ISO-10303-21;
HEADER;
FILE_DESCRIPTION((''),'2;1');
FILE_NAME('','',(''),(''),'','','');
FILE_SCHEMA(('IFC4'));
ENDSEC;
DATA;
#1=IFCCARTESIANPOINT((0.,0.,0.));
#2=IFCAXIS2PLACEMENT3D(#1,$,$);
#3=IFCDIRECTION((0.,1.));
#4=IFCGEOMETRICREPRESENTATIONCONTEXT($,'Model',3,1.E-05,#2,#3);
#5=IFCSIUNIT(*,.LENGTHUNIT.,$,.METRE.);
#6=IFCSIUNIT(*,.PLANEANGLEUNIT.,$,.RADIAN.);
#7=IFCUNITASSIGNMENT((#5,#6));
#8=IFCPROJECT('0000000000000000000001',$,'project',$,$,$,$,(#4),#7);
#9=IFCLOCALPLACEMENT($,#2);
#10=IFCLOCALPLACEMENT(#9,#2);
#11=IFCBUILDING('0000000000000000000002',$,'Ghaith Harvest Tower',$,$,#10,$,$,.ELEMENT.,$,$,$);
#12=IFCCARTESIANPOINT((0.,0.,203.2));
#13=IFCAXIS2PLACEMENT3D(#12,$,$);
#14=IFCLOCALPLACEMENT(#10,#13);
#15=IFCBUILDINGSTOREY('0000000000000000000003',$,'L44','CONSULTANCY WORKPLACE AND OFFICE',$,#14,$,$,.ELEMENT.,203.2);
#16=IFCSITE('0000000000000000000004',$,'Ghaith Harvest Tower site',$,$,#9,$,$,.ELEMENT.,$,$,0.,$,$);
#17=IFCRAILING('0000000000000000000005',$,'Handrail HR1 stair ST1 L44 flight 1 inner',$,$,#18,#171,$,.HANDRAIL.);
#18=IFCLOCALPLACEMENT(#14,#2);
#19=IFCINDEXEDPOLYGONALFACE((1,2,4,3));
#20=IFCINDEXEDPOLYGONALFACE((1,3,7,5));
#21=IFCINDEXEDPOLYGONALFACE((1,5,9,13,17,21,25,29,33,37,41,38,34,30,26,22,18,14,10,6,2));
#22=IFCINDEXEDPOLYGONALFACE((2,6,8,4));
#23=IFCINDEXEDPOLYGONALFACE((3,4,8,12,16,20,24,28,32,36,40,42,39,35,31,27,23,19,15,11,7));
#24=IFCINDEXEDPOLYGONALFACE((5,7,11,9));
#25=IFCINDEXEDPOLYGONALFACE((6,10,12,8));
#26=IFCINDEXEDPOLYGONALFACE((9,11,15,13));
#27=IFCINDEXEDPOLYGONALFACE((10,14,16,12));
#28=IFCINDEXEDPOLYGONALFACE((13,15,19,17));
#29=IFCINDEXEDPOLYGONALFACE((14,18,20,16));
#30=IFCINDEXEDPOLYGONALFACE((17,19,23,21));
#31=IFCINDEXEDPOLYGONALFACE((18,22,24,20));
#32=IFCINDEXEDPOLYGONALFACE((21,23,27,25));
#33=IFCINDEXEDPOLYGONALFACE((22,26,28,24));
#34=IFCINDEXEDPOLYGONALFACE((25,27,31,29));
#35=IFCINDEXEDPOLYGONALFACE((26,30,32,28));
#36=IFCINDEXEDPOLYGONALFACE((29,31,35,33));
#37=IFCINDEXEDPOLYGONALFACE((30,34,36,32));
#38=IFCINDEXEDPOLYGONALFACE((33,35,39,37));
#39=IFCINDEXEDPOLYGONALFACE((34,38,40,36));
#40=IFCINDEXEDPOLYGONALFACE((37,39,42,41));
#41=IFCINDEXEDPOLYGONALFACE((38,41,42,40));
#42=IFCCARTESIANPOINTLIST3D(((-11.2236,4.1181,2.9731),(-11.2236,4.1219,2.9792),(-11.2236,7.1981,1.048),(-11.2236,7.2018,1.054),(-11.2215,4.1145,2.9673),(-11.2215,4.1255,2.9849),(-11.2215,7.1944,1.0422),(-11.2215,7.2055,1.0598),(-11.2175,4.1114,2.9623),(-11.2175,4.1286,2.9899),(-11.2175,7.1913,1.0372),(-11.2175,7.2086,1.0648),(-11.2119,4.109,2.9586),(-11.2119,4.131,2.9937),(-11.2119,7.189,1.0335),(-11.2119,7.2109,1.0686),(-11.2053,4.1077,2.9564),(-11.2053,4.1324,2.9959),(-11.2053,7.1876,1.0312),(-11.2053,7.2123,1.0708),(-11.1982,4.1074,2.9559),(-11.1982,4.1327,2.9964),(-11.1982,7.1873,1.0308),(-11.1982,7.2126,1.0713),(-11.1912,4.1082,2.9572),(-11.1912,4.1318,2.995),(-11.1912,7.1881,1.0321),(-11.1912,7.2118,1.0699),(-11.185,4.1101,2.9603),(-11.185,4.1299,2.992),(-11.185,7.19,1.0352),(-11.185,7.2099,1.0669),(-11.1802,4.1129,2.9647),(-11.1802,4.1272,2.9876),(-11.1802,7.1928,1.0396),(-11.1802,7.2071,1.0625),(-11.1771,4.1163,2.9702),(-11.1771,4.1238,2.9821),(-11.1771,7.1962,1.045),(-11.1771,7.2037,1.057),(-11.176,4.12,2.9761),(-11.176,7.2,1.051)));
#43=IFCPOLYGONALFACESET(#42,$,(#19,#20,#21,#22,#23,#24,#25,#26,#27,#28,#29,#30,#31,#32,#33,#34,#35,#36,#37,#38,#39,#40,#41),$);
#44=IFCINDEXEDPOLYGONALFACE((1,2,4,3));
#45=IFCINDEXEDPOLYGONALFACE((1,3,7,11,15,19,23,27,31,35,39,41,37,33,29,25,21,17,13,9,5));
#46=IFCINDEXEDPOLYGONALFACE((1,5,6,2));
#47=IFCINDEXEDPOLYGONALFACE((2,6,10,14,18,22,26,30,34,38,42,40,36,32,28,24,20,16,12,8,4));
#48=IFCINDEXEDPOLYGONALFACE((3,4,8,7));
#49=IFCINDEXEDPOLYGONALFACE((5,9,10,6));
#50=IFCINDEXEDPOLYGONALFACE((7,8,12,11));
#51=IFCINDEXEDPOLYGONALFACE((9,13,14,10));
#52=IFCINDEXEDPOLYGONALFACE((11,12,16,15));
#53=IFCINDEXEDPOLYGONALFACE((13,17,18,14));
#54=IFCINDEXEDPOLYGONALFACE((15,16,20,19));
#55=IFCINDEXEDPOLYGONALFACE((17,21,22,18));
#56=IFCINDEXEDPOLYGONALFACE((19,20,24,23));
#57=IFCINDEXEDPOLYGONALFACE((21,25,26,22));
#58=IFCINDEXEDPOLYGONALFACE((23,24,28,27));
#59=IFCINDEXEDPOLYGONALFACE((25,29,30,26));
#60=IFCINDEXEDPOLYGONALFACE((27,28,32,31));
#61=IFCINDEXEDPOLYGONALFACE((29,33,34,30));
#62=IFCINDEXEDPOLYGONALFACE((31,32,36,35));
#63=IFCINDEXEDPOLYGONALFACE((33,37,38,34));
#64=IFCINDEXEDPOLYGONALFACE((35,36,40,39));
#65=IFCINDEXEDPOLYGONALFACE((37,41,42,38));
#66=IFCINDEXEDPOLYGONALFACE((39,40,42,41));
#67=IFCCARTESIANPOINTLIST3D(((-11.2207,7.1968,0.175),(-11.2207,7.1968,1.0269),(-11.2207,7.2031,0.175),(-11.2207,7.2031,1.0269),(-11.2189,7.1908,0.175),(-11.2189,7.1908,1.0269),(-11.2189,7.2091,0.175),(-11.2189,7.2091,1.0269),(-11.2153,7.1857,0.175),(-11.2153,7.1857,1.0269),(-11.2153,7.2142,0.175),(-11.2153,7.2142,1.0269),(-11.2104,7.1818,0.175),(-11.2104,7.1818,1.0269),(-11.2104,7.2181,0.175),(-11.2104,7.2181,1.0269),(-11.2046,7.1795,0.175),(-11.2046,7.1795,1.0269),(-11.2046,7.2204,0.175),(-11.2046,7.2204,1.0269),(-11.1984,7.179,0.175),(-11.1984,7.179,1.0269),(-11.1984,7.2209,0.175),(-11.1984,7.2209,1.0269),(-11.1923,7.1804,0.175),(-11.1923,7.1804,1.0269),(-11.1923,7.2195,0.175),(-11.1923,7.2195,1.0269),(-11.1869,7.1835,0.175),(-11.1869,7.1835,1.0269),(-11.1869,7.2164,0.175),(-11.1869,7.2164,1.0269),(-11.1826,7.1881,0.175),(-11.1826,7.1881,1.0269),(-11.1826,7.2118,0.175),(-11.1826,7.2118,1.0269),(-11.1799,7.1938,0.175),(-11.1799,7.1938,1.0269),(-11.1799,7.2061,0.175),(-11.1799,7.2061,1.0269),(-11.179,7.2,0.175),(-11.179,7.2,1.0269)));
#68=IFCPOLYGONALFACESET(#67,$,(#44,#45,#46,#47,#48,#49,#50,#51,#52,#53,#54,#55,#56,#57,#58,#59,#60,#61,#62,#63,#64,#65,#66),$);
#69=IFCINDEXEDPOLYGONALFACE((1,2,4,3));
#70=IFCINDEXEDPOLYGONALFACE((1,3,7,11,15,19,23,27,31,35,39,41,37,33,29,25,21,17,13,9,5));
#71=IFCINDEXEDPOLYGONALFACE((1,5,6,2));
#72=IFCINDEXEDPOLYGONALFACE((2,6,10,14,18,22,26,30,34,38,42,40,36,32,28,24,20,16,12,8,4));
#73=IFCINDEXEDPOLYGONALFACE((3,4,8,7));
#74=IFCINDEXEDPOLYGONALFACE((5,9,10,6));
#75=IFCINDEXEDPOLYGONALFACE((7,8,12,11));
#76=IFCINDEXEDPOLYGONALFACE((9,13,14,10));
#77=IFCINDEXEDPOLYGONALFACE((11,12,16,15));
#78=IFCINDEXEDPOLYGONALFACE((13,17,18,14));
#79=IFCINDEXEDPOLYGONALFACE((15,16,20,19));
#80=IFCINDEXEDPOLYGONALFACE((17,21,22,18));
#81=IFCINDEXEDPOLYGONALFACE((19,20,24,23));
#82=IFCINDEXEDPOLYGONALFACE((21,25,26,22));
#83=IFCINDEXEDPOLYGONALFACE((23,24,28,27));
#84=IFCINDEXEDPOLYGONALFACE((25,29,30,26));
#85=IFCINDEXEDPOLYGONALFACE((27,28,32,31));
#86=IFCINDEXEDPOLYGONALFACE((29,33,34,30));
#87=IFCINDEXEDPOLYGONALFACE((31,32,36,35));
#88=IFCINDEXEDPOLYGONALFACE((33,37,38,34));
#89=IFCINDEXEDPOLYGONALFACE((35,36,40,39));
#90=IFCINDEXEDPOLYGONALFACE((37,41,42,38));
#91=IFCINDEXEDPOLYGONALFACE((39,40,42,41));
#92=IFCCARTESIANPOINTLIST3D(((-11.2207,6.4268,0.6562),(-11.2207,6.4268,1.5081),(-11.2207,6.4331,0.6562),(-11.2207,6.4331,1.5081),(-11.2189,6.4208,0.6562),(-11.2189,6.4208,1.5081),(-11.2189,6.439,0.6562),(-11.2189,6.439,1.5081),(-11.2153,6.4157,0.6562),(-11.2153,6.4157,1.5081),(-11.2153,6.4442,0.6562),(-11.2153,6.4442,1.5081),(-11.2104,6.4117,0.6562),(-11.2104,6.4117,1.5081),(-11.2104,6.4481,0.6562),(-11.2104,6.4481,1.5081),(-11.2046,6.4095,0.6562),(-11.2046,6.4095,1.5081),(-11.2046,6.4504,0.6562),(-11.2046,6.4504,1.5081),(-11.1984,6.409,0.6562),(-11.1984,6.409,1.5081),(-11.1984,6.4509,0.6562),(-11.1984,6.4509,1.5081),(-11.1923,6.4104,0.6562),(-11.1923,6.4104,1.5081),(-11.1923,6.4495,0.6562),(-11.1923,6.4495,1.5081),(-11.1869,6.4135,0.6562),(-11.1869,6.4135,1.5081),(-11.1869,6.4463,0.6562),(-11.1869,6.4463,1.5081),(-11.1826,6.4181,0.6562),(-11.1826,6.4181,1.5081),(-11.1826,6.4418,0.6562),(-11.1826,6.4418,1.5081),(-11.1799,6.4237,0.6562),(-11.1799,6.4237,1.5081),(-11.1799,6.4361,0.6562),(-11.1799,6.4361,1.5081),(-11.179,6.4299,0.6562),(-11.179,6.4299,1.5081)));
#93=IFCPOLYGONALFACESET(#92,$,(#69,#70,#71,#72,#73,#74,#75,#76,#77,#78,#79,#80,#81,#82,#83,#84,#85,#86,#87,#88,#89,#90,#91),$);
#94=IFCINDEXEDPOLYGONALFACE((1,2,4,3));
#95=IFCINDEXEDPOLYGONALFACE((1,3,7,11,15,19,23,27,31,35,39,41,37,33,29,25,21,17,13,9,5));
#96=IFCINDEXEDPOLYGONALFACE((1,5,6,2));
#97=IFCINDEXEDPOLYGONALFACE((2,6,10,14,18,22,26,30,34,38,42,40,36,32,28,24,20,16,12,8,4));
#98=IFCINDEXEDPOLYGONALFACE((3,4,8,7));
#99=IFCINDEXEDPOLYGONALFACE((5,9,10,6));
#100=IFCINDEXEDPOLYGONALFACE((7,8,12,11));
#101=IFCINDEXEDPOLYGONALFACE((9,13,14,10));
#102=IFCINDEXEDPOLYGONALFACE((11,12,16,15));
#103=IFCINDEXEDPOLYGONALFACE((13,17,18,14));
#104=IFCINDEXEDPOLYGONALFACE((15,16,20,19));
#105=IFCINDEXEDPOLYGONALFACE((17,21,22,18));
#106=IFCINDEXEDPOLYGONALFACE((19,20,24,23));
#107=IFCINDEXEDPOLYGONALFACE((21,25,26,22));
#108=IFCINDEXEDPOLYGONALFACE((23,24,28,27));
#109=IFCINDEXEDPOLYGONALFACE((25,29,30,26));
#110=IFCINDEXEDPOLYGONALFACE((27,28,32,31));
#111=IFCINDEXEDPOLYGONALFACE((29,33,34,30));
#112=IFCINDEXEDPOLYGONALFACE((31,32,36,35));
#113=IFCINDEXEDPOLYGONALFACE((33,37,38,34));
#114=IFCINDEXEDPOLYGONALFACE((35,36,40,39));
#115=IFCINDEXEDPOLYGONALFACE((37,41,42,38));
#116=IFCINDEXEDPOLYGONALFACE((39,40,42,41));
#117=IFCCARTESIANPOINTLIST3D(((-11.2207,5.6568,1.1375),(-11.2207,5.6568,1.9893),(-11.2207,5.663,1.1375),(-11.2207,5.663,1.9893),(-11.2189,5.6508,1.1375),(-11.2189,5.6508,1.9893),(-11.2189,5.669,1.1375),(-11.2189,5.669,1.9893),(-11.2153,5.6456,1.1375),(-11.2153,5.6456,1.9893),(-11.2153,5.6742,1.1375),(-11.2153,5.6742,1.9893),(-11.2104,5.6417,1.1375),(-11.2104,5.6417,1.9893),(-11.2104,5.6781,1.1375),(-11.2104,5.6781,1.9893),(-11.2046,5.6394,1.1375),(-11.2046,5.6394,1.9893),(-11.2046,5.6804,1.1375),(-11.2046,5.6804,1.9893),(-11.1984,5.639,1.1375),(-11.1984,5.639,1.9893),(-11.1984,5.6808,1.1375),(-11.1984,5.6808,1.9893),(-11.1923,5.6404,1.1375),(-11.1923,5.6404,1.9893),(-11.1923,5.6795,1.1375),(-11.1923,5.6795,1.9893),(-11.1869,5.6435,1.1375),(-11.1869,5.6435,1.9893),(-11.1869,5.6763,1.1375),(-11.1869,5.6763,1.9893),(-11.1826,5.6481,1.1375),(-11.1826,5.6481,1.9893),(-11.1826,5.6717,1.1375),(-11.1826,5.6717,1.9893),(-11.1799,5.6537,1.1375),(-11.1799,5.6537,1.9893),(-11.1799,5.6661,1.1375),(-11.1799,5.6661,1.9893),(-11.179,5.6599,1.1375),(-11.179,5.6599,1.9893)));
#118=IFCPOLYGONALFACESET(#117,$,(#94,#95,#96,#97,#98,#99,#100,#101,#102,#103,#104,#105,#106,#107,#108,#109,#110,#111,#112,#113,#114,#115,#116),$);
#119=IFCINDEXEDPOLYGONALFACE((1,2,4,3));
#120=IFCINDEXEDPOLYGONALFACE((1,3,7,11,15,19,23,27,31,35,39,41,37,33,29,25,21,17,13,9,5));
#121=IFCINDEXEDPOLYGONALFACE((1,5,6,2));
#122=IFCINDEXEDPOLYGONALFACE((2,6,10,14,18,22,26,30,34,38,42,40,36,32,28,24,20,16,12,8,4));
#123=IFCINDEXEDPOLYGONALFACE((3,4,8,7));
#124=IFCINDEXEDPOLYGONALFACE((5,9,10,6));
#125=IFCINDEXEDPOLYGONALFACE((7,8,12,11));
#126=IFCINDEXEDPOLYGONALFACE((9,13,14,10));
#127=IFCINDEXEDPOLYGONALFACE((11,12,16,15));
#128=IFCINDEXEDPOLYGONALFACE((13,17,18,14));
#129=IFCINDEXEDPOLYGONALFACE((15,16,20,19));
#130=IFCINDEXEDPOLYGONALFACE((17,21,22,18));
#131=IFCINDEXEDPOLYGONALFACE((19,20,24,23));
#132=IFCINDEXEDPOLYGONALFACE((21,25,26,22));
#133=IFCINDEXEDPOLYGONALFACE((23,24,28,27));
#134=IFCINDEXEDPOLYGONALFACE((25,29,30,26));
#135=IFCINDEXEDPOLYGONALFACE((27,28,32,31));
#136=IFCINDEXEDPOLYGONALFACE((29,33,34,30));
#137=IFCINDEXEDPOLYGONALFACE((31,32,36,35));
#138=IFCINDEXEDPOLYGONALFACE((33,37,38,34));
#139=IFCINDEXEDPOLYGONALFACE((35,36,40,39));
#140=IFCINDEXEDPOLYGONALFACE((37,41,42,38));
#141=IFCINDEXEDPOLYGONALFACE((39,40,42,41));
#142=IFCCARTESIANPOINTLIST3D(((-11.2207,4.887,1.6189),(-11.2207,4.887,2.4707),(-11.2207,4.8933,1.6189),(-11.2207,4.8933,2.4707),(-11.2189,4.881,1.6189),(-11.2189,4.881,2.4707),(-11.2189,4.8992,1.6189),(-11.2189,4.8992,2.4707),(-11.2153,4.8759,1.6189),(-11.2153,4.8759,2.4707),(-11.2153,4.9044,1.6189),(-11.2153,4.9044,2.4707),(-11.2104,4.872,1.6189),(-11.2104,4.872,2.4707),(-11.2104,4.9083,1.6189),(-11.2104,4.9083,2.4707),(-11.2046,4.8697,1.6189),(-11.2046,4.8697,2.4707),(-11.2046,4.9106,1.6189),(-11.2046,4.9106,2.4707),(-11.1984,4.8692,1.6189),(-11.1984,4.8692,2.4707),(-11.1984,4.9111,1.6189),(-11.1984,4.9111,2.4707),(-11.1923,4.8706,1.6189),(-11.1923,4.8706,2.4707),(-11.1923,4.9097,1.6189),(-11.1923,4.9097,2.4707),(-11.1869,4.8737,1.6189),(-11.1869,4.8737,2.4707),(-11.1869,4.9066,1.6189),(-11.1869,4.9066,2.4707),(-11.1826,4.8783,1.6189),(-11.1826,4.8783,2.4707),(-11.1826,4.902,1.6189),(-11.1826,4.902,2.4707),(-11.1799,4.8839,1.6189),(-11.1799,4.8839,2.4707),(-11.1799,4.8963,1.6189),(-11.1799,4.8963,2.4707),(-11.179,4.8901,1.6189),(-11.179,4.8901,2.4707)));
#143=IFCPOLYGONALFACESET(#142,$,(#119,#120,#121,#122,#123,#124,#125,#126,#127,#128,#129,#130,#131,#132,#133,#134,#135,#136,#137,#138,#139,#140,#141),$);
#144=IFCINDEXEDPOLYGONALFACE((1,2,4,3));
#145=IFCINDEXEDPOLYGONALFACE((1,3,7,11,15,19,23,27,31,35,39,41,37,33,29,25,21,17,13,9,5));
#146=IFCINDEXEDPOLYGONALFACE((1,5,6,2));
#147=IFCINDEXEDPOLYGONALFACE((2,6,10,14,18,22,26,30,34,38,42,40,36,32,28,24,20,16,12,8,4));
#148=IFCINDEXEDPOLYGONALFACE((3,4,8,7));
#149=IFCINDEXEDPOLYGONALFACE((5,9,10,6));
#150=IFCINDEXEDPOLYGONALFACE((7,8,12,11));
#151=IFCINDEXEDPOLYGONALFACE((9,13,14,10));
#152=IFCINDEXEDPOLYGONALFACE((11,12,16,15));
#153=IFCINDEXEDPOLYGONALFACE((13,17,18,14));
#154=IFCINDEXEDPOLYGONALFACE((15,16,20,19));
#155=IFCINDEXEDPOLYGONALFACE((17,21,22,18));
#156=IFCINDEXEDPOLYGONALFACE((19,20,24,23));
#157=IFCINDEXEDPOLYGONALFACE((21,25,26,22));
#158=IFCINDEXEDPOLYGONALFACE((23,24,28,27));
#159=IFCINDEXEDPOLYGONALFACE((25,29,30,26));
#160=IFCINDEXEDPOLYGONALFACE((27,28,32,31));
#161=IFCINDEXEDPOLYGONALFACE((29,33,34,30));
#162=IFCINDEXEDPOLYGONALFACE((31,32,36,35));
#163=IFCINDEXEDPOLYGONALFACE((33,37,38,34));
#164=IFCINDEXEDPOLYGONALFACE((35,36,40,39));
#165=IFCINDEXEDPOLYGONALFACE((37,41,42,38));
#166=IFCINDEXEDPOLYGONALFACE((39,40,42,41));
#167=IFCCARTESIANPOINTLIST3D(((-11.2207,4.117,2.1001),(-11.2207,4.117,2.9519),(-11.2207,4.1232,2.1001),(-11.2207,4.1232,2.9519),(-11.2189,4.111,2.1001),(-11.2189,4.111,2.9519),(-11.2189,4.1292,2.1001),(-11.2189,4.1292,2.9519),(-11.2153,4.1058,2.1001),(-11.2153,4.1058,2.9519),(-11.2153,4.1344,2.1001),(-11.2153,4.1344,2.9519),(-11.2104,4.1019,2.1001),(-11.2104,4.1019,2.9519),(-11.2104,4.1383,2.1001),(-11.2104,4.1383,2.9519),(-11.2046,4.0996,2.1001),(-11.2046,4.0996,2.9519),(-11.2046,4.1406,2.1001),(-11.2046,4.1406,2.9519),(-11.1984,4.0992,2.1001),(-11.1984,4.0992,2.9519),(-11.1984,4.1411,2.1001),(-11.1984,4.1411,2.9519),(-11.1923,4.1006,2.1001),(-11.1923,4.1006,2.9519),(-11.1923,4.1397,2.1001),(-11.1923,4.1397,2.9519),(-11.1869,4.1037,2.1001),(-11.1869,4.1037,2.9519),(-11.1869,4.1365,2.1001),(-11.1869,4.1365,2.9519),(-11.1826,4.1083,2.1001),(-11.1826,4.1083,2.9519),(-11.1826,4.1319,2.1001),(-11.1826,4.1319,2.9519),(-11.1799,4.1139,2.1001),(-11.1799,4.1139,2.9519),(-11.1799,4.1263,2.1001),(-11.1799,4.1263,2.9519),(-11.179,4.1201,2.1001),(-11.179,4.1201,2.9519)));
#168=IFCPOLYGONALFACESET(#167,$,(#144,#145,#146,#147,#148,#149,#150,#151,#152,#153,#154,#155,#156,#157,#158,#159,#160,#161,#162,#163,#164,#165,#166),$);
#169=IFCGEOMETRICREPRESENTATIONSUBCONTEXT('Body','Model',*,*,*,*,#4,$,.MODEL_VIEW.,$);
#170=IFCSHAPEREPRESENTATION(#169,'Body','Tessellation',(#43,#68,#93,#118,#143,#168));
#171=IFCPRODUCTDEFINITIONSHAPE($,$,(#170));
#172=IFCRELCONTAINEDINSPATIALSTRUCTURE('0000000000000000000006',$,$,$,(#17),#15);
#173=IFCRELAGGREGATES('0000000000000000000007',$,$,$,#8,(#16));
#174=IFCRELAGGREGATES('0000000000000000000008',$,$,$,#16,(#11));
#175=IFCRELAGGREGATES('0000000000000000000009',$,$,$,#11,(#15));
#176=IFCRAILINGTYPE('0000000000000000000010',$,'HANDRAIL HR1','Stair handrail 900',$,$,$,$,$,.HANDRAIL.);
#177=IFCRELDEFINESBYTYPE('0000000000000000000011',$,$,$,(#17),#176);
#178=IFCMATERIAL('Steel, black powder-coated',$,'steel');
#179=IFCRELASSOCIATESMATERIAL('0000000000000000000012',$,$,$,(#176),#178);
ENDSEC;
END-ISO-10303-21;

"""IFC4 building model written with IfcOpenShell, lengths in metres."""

from ifc_helpers import new_model, si_unit, direction, frame, origin, origin_2d, place, context, subcontext, project, spatial, circle, extrude, material, type_object, element, save


model = new_model("IFC4")

# Units and contexts
model_context = context("Model", 3, precision=1e-05, world=origin(), true_north=direction((0.0, 1.0)))
body_context = subcontext(model_context, "Body", "Model", "MODEL_VIEW")
ifc_project = project(units=[si_unit("LENGTHUNIT", "METRE"), si_unit("PLANEANGLEUNIT", "RADIAN")], contexts=[model_context])

# Site, building, storey
site_placement = place(None, origin())
site = spatial("IfcSite", under=ifc_project, at=site_placement, Name="Ghaith Harvest Tower site", CompositionType="ELEMENT", RefElevation=0.0)
building_placement = place(site_placement, origin())
building = spatial("IfcBuilding", under=site, at=building_placement, Name="Ghaith Harvest Tower", CompositionType="ELEMENT")
storey_placement = place(building_placement, frame((0.0, 0.0, 203.2)))
storey = spatial("IfcBuildingStorey", under=building, at=storey_placement, Name="L44", Description="CONSULTANCY WORKPLACE AND OFFICE", CompositionType="ELEMENT", Elevation=203.2)

# Railing
ifc_material_1 = material(Name="Steel, black powder-coated", Category="steel")
railing_type = type_object("IfcRailingType", Name="HANDRAIL HR1", Description="Stair handrail 900", PredefinedType="HANDRAIL", material=ifc_material_1)
railing_1_placement = place(storey_placement, frame((-11.2, 7.2, 0.175)))
element("IfcRailing", 1, at=railing_1_placement, inside=storey, type_object=railing_type, Name="Handrail HR1 stair ST1 L44 flight 1 inner", PredefinedType="HANDRAIL", context=body_context, shape_type="SweptSolid", body=[
    extrude(circle(Radius=0.0239, at=origin_2d()), frame((0.0, 0.0, 0.876), z_axis=(0.0, -0.847979, 0.530029), x_axis=(1.0, 0.0, 0.0)), (0.0, 0.0, 1.0), 3.6321),
    extrude(circle(Radius=0.021, at=origin_2d()), origin(), (0.0, 0.0, 1.0), 0.8518),
    extrude(circle(Radius=0.021, at=origin_2d()), frame((0.0, -0.77, 0.4812)), (0.0, 0.0, 1.0), 0.8518),
    extrude(circle(Radius=0.021, at=origin_2d()), frame((0.0, -1.54, 0.9624)), (0.0, 0.0, 1.0), 0.8518),
    extrude(circle(Radius=0.021, at=origin_2d()), frame((0.0, -2.3098, 1.4438)), (0.0, 0.0, 1.0), 0.8518),
    extrude(circle(Radius=0.021, at=origin_2d()), frame((0.0, -3.0798, 1.925)), (0.0, 0.0, 1.0), 0.8518),
])

save(model, "model.ifc")
